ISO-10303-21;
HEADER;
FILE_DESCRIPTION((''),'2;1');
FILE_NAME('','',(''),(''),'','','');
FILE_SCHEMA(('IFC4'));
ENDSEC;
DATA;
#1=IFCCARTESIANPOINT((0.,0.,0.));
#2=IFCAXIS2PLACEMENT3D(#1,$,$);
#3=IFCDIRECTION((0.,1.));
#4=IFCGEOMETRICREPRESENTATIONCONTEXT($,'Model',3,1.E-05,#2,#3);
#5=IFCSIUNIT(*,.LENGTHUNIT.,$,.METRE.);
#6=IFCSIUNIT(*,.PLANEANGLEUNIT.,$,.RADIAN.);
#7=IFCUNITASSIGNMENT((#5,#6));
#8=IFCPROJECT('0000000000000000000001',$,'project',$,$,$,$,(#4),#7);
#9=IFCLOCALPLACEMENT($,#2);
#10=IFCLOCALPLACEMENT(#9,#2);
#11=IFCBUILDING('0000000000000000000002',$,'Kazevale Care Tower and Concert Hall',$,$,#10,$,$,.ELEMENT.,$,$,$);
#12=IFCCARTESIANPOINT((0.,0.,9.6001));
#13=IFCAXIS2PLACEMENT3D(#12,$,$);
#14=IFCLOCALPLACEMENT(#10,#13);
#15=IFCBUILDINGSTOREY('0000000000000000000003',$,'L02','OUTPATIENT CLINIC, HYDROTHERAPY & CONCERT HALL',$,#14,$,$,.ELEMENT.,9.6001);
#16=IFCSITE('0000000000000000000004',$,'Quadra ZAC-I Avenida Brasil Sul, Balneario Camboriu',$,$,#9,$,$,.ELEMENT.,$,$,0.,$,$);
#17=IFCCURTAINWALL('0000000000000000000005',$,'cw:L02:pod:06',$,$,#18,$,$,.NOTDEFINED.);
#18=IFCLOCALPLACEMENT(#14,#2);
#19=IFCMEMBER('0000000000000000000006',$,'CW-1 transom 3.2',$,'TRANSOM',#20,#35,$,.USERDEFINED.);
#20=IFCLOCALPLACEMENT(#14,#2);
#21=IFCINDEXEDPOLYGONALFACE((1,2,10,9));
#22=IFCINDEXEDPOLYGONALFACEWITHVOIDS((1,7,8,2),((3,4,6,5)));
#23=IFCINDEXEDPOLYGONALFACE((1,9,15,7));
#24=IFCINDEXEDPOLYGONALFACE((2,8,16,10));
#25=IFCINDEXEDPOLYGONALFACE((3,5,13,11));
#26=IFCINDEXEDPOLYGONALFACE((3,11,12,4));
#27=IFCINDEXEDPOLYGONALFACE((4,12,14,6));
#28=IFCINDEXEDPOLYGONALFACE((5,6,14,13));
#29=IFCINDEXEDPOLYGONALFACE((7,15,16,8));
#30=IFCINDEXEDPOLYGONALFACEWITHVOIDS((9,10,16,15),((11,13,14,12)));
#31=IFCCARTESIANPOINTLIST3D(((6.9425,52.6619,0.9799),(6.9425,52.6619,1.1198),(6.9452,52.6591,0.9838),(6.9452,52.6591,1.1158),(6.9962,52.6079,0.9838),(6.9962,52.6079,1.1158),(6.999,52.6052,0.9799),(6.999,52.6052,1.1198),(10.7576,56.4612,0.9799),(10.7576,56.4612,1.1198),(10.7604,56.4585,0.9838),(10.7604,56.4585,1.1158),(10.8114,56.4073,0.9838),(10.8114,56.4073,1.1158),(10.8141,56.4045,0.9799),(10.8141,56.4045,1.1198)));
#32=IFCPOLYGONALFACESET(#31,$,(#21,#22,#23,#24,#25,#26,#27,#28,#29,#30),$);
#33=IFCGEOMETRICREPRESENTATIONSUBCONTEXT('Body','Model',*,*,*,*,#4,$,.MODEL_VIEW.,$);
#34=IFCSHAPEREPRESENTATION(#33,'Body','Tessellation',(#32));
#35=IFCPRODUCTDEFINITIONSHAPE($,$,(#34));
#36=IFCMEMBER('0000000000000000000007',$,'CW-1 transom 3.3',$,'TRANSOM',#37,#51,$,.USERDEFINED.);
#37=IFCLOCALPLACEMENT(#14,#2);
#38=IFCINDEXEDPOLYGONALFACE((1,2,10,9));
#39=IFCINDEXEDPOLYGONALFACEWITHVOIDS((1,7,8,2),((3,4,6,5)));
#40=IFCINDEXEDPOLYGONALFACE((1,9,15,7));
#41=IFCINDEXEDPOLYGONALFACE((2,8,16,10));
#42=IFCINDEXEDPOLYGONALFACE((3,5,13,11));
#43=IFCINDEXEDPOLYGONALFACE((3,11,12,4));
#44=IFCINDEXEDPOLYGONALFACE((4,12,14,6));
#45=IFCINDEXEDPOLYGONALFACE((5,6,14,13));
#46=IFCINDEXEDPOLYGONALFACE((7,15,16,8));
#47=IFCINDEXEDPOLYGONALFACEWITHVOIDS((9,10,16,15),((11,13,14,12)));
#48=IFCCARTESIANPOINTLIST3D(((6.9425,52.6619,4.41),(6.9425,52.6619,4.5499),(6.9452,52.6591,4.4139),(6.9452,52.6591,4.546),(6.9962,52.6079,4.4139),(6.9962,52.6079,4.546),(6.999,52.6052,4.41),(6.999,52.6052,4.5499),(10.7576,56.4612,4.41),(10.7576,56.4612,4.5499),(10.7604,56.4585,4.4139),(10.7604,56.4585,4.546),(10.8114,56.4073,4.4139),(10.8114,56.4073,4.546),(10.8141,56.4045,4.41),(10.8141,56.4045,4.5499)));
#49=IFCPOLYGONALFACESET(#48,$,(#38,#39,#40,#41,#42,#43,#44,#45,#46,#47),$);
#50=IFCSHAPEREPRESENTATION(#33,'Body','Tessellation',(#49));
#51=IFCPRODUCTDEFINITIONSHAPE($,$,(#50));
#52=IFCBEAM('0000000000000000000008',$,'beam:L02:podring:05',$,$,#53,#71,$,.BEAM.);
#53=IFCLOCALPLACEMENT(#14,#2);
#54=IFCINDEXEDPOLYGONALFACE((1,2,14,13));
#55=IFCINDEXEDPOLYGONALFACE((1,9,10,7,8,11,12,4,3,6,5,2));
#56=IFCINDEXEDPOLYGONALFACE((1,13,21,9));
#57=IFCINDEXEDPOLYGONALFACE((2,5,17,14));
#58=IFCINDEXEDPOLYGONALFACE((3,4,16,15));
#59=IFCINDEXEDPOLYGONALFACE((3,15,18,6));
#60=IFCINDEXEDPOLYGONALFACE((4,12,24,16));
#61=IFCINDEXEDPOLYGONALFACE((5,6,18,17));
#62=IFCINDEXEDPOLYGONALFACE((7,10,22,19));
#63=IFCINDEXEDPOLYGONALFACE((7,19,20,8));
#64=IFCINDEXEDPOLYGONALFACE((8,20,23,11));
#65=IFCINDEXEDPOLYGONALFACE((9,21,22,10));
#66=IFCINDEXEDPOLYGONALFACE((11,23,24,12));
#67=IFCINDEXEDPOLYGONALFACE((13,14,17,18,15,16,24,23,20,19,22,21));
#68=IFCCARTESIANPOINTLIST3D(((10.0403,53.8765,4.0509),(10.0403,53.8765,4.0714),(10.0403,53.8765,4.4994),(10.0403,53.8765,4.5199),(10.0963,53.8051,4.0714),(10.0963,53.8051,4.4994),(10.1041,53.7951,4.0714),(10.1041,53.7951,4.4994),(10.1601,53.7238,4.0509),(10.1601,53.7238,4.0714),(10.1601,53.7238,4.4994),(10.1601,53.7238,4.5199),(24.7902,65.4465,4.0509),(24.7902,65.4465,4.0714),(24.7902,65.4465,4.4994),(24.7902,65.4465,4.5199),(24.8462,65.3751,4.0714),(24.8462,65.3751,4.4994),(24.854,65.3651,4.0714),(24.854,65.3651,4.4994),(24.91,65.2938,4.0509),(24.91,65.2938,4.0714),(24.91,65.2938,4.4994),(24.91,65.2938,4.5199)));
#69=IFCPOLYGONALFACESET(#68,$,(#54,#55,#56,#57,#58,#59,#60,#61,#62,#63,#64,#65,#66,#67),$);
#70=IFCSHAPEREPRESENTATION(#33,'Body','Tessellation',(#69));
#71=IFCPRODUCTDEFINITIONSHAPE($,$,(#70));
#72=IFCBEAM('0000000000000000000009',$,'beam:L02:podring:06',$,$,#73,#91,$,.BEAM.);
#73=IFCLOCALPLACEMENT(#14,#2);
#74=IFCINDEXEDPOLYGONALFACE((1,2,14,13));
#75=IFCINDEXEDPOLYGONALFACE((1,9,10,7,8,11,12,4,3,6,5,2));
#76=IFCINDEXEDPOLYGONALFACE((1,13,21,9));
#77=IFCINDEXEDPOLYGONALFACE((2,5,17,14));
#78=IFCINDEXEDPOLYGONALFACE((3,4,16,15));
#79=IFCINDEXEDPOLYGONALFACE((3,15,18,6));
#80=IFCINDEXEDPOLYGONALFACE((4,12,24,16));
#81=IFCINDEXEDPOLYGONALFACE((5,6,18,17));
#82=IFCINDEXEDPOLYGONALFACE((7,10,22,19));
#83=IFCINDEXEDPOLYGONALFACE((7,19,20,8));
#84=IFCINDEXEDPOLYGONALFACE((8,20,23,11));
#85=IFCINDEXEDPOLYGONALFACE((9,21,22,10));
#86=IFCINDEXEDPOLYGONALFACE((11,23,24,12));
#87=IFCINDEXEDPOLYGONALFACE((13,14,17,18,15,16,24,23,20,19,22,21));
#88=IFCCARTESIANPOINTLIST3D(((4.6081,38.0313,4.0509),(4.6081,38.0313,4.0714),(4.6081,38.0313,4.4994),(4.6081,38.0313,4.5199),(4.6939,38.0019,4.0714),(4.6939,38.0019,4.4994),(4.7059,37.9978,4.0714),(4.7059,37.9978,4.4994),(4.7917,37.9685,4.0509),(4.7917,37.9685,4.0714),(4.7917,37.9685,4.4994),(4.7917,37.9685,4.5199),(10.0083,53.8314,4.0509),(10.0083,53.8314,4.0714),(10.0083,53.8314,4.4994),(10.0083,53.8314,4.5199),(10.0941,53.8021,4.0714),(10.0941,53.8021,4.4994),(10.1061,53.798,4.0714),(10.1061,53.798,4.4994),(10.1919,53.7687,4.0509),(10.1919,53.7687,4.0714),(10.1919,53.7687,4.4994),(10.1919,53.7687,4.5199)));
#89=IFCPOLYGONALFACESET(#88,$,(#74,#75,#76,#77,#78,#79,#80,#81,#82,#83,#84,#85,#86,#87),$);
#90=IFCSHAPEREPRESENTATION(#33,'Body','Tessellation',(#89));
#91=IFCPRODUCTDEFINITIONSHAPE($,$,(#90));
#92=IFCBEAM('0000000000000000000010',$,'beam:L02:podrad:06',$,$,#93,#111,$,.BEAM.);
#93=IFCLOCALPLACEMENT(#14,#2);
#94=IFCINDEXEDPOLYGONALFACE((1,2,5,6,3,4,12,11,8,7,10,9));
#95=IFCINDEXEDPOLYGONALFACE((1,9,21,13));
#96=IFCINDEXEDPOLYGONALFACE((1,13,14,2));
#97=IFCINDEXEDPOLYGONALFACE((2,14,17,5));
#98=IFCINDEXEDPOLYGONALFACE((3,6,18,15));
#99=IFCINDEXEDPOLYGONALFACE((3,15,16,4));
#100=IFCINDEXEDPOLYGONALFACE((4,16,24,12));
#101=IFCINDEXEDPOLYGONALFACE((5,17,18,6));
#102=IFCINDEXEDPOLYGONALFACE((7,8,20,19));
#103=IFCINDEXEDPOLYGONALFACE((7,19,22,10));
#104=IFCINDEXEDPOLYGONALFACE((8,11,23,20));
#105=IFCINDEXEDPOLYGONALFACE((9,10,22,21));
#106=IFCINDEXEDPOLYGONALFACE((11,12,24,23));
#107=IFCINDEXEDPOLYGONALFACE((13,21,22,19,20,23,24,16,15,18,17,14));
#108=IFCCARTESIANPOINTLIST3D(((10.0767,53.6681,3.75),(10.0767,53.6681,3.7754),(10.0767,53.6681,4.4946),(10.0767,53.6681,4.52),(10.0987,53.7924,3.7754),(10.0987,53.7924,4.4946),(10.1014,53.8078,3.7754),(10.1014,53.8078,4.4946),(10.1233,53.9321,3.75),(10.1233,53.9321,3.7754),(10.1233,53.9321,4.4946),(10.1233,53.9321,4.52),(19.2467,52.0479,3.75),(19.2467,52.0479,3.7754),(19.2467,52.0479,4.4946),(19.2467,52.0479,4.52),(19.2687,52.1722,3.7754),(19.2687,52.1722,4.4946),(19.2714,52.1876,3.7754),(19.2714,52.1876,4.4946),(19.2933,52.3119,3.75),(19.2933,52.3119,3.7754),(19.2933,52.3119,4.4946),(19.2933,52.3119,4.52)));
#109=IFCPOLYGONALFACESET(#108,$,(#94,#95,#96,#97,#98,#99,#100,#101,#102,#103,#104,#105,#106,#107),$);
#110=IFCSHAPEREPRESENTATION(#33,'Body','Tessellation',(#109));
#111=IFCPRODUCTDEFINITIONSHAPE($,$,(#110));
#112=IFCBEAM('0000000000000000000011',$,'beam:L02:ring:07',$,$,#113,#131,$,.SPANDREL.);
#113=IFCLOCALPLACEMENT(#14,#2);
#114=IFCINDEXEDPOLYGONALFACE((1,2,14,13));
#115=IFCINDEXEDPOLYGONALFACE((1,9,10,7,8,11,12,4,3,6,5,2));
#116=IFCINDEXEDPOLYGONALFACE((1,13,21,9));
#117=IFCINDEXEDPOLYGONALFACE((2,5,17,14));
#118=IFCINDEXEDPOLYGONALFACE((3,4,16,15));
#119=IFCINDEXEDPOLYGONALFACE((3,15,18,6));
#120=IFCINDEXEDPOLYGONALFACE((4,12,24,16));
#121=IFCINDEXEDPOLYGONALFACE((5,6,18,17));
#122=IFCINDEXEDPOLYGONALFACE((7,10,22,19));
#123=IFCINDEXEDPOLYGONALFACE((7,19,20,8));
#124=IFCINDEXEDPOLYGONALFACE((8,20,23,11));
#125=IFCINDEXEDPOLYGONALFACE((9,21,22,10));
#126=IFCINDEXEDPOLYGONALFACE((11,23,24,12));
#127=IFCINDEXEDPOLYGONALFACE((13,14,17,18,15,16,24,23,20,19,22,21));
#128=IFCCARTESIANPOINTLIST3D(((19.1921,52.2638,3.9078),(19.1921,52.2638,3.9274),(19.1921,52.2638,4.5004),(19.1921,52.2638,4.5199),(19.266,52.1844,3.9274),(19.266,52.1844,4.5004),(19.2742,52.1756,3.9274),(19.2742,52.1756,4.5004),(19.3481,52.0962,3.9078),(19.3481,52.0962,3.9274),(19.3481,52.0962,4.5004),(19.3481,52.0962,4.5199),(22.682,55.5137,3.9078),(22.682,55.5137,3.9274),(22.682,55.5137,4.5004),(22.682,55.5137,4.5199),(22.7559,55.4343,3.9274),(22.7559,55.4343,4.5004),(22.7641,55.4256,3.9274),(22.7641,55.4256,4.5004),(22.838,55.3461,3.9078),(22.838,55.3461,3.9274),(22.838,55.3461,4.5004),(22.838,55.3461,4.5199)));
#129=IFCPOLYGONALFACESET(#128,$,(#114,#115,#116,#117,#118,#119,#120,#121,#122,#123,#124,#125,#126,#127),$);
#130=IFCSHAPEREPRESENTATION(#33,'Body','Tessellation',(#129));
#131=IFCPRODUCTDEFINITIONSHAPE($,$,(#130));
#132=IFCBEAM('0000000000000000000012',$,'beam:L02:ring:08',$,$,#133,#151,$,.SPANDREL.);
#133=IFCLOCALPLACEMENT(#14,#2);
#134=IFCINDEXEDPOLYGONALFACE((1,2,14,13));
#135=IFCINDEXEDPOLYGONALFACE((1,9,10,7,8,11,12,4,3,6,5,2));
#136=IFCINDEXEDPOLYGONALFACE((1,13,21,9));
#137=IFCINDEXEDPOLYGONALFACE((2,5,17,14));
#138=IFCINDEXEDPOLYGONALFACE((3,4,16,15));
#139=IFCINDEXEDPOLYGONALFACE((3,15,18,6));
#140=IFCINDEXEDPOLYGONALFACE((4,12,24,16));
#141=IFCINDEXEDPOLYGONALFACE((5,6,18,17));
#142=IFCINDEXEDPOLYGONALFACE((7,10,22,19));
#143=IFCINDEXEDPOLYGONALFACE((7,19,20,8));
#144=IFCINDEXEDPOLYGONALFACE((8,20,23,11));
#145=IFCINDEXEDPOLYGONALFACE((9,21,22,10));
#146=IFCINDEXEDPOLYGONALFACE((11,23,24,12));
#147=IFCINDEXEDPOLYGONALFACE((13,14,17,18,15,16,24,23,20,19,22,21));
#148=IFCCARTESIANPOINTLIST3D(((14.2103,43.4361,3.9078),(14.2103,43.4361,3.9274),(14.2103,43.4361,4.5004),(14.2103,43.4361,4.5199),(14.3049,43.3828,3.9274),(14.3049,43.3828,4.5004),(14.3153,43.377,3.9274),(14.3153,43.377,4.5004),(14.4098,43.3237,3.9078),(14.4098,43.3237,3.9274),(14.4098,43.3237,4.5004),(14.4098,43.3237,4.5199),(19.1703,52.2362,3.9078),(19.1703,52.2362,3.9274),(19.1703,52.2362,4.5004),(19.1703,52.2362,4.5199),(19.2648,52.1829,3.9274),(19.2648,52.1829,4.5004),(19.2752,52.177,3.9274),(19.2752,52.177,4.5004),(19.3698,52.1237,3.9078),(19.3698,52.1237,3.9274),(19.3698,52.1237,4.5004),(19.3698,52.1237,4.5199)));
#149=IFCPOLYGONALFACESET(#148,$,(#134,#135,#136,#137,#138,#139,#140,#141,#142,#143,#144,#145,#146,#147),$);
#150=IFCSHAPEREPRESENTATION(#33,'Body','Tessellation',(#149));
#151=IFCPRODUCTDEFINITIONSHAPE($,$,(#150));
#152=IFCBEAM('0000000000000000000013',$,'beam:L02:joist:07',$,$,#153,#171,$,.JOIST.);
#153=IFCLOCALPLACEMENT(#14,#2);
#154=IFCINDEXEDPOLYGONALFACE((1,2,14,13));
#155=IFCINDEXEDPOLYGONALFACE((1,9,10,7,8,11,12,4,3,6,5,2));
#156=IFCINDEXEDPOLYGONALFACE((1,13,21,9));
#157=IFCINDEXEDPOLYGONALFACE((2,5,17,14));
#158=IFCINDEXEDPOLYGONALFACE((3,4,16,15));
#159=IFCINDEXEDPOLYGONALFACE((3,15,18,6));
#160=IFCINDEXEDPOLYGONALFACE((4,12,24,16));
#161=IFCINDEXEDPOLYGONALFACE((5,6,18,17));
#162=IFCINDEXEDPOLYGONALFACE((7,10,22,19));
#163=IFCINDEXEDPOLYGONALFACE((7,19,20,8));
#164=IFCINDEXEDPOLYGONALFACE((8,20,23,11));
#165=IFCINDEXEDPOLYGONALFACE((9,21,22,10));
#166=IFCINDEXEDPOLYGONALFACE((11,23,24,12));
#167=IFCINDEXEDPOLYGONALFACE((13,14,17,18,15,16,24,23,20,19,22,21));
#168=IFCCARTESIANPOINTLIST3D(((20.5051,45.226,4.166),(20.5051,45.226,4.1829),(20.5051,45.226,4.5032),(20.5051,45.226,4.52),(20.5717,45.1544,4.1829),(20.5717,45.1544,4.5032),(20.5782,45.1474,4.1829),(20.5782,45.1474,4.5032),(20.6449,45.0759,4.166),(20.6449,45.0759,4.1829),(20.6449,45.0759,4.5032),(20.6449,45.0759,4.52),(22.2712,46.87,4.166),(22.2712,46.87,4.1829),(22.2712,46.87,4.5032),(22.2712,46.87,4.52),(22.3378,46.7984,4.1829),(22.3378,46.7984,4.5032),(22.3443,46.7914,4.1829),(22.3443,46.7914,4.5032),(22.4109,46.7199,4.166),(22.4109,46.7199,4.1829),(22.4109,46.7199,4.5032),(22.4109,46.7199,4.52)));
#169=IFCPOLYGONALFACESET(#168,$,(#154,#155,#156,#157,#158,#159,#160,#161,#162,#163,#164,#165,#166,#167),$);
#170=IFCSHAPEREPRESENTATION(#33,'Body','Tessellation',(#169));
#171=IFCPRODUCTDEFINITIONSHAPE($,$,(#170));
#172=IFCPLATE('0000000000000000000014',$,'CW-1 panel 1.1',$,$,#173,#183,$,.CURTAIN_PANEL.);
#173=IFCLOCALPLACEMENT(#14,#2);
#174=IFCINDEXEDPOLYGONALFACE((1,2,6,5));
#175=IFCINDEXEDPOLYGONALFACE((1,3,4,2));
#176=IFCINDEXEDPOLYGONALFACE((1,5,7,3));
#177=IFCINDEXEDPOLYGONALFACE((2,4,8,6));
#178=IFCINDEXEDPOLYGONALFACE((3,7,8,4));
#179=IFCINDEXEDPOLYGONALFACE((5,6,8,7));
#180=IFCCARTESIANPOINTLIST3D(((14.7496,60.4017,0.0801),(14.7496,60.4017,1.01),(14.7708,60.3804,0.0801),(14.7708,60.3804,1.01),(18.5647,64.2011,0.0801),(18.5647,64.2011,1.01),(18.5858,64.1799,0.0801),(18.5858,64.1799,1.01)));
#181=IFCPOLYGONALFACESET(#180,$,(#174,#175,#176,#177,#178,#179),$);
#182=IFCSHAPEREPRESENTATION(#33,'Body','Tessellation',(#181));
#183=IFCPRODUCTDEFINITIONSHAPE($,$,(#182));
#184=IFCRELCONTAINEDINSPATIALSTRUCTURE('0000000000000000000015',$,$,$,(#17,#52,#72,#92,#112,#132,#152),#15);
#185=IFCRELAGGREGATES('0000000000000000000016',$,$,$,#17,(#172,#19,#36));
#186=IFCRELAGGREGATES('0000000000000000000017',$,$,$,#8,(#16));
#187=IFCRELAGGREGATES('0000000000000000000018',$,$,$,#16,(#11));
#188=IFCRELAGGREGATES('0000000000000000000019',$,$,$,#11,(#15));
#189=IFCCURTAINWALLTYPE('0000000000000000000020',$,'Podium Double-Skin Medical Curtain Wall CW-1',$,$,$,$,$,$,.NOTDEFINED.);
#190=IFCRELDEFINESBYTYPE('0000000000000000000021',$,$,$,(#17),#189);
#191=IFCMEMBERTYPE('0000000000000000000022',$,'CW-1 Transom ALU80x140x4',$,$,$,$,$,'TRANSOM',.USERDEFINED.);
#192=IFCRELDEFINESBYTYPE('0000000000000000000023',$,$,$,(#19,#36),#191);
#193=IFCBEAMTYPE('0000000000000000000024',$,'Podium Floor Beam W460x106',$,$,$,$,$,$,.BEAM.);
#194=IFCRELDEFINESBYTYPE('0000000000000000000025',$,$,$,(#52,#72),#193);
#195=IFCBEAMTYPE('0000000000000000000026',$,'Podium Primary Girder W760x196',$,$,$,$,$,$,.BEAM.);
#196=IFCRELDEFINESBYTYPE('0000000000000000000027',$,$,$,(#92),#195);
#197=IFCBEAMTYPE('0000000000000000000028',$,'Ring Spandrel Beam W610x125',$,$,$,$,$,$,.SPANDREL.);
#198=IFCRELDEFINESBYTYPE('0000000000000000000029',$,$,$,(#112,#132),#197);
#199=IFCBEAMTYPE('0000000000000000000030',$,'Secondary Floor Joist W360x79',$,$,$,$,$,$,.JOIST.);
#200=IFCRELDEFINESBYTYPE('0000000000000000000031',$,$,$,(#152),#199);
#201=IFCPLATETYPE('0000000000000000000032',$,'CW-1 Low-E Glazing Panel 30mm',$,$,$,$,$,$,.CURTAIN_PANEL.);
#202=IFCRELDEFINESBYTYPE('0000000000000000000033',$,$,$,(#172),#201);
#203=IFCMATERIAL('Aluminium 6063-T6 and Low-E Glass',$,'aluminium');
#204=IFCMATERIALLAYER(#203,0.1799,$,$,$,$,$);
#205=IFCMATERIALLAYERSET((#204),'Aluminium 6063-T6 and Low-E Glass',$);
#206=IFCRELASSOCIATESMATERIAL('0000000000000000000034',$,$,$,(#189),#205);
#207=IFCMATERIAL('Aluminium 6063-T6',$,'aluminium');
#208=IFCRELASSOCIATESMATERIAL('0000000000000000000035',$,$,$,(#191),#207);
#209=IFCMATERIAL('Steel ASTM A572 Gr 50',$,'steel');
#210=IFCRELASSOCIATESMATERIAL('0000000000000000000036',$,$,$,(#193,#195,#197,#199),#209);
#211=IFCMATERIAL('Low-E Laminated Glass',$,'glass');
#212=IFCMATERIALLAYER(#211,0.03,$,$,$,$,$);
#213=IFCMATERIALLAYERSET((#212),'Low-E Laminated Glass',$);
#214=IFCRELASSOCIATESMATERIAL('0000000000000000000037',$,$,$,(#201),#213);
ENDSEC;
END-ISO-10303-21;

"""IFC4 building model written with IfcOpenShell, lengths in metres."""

from ifc_helpers import new_model, si_unit, direction, frame, origin, origin_2d, place, context, subcontext, project, spatial, rectangle, hollow_rectangle, i_section, extrude, material, layer, layer_set, material_profile, profile_set, type_object, element, aggregate, save


model = new_model("IFC4")

# Units and contexts
model_context = context("Model", 3, precision=1e-05, world=origin(), true_north=direction((0.0, 1.0)))
body_context = subcontext(model_context, "Body", "Model", "MODEL_VIEW")
ifc_project = project(units=[si_unit("LENGTHUNIT", "METRE"), si_unit("PLANEANGLEUNIT", "RADIAN")], contexts=[model_context])

# Site, building, storey
site_placement = place(None, origin())
site = spatial("IfcSite", under=ifc_project, at=site_placement, Name="Quadra ZAC-I Avenida Brasil Sul, Balneario Camboriu", CompositionType="ELEMENT", RefElevation=0.0)
building_placement = place(site_placement, origin())
building = spatial("IfcBuilding", under=site, at=building_placement, Name="Kazevale Care Tower and Concert Hall", CompositionType="ELEMENT")
storey_placement = place(building_placement, frame((0.0, 0.0, 9.6001)))
storey = spatial("IfcBuildingStorey", under=building, at=storey_placement, Name="L02", Description="OUTPATIENT CLINIC, HYDROTHERAPY & CONCERT HALL", CompositionType="ELEMENT", Elevation=9.6001)

# Curtain wall, members
ifc_material_1 = material(Name="Aluminium 6063-T6 and Low-E Glass", Category="aluminium")
ifc_layer_1 = layer(ifc_material_1, 0.1799)
ifc_layer_set_1 = layer_set([ifc_layer_1], Name="Aluminium 6063-T6 and Low-E Glass")
curtain_wall_type = type_object("IfcCurtainWallType", Name="Podium Double-Skin Medical Curtain Wall CW-1", PredefinedType="NOTDEFINED", material=ifc_layer_set_1)
curtain_wall_placement = place(storey_placement, origin())
curtain_wall = element("IfcCurtainWall", 1, at=curtain_wall_placement, inside=storey, type_object=curtain_wall_type, Name="cw:L02:pod:06", PredefinedType="NOTDEFINED")
ifc_material_2 = material(Name="Aluminium 6063-T6", Category="aluminium")
ifc_material_profile_1 = material_profile(ifc_material_2, hollow_rectangle(XDim=0.0801, YDim=0.1399, WallThickness=0.0039, at=origin_2d()), Name="ALU80x140x4")
ifc_profile_set_1 = profile_set([ifc_material_profile_1], Name="Aluminium 6063-T6")
member_type_1 = type_object("IfcMemberType", Name="CW-1 Transom ALU80x140x4", ElementType="TRANSOM", PredefinedType="USERDEFINED", material=ifc_profile_set_1)
member_1_placement = place(storey_placement, frame((10.7859, 56.4329, 1.0498), z_axis=(-0.708579, -0.705632, 0.0), x_axis=(0.705632, -0.708579, 0.0)))
member_1 = element("IfcMember", 2, at=member_1_placement, type_object=member_type_1, Name="CW-1 transom 3.2", ObjectType="TRANSOM", PredefinedType="USERDEFINED", context=body_context, shape_type="SweptSolid", body=[
    extrude(hollow_rectangle(XDim=0.0801, YDim=0.1399, WallThickness=0.0039, at=origin_2d()), origin(), (0.0, 0.0, 1.0), 5.3843),
])
member_2_placement = place(storey_placement, frame((10.7859, 56.4329, 4.48), z_axis=(-0.708579, -0.705632, 0.0), x_axis=(0.705632, -0.708579, 0.0)))
member_2 = element("IfcMember", 3, at=member_2_placement, type_object=member_type_1, Name="CW-1 transom 3.3", ObjectType="TRANSOM", PredefinedType="USERDEFINED", context=body_context, shape_type="SweptSolid", body=[
    extrude(hollow_rectangle(XDim=0.0801, YDim=0.1399, WallThickness=0.0039, at=origin_2d()), origin(), (0.0, 0.0, 1.0), 5.3843),
])

# Beams
ifc_material_3 = material(Name="Steel ASTM A572 Gr 50", Category="steel")
ifc_material_profile_2 = material_profile(ifc_material_3, i_section(OverallWidth=0.1941, OverallDepth=0.469, WebThickness=0.0127, FlangeThickness=0.0205, at=origin_2d()), Name="W460x106")
ifc_profile_set_2 = profile_set([ifc_material_profile_2], Name="Steel ASTM A572 Gr 50")
beam_type_1 = type_object("IfcBeamType", Name="Podium Floor Beam W460x106", PredefinedType="BEAM", material=ifc_profile_set_2)
beam_1_placement = place(storey_placement, frame((24.8501, 65.3701, 4.2854), z_axis=(-0.786816, -0.617188, 0.0), x_axis=(0.617188, -0.786816, 0.0)))
element("IfcBeam", 4, at=beam_1_placement, inside=storey, type_object=beam_type_1, Name="beam:L02:podring:05", PredefinedType="BEAM", context=body_context, shape_type="SweptSolid", body=[
    extrude(i_section(OverallWidth=0.1941, OverallDepth=0.469, WebThickness=0.0127, FlangeThickness=0.0205, at=origin_2d()), origin(), (0.0, 0.0, 1.0), 18.7463),
])
beam_2_placement = place(storey_placement, frame((10.1001, 53.8, 4.2854), z_axis=(-0.323412, -0.946258, 0.0), x_axis=(0.946258, -0.323412, 0.0)))
element("IfcBeam", 5, at=beam_2_placement, inside=storey, type_object=beam_type_1, Name="beam:L02:podring:06", PredefinedType="BEAM", context=body_context, shape_type="SweptSolid", body=[
    extrude(i_section(OverallWidth=0.1941, OverallDepth=0.469, WebThickness=0.0127, FlangeThickness=0.0205, at=origin_2d()), origin(), (0.0, 0.0, 1.0), 16.6975),
])
ifc_material_profile_3 = material_profile(ifc_material_3, i_section(OverallWidth=0.2681, OverallDepth=0.77, WebThickness=0.0156, FlangeThickness=0.0254, at=origin_2d()), Name="W760x196")
ifc_profile_set_3 = profile_set([ifc_material_profile_3], Name="Steel ASTM A572 Gr 50")
beam_type_2 = type_object("IfcBeamType", Name="Podium Primary Girder W760x196", PredefinedType="BEAM", material=ifc_profile_set_3)
beam_3_placement = place(storey_placement, frame((19.27, 52.1799, 4.135), z_axis=(-0.984749, 0.173983, 0.0), x_axis=(-0.173983, -0.984749, 0.0)))
element("IfcBeam", 6, at=beam_3_placement, inside=storey, type_object=beam_type_2, Name="beam:L02:podrad:06", PredefinedType="BEAM", context=body_context, shape_type="SweptSolid", body=[
    extrude(i_section(OverallWidth=0.2681, OverallDepth=0.77, WebThickness=0.0156, FlangeThickness=0.0254, at=origin_2d()), origin(), (0.0, 0.0, 1.0), 9.312),
])
ifc_material_profile_4 = material_profile(ifc_material_3, i_section(OverallWidth=0.229, OverallDepth=0.6121, WebThickness=0.012, FlangeThickness=0.0195, at=origin_2d()), Name="W610x125")
ifc_profile_set_4 = profile_set([ifc_material_profile_4], Name="Steel ASTM A572 Gr 50")
beam_type_3 = type_object("IfcBeamType", Name="Ring Spandrel Beam W610x125", PredefinedType="SPANDREL", material=ifc_profile_set_4)
beam_4_placement = place(storey_placement, frame((22.76, 55.4299, 4.2139), z_axis=(-0.731821, -0.681497, 0.0), x_axis=(0.681497, -0.731821, 0.0)))
element("IfcBeam", 7, at=beam_4_placement, inside=storey, type_object=beam_type_3, Name="beam:L02:ring:07", PredefinedType="SPANDREL", context=body_context, shape_type="SweptSolid", body=[
    extrude(i_section(OverallWidth=0.229, OverallDepth=0.6121, WebThickness=0.012, FlangeThickness=0.0195, at=origin_2d()), origin(), (0.0, 0.0, 1.0), 4.7688),
])
beam_5_placement = place(storey_placement, frame((19.27, 52.1799, 4.2139), z_axis=(-0.491008, -0.871155, 0.0), x_axis=(0.871155, -0.491008, 0.0)))
element("IfcBeam", 8, at=beam_5_placement, inside=storey, type_object=beam_type_3, Name="beam:L02:ring:08", PredefinedType="SPANDREL", context=body_context, shape_type="SweptSolid", body=[
    extrude(i_section(OverallWidth=0.229, OverallDepth=0.6121, WebThickness=0.012, FlangeThickness=0.0195, at=origin_2d()), origin(), (0.0, 0.0, 1.0), 10.1016),
])
ifc_material_profile_5 = material_profile(ifc_material_3, i_section(OverallWidth=0.2051, OverallDepth=0.354, WebThickness=0.0095, FlangeThickness=0.0168, at=origin_2d()), Name="W360x79")
ifc_profile_set_5 = profile_set([ifc_material_profile_5], Name="Steel ASTM A572 Gr 50")
beam_type_4 = type_object("IfcBeamType", Name="Secondary Floor Joist W360x79", PredefinedType="JOIST", material=ifc_profile_set_5)
beam_6_placement = place(storey_placement, frame((22.3411, 46.7949, 4.343), z_axis=(-0.73195, -0.681359, 0.0), x_axis=(0.681359, -0.73195, 0.0)))
element("IfcBeam", 9, at=beam_6_placement, inside=storey, type_object=beam_type_4, Name="beam:L02:joist:07", PredefinedType="JOIST", context=body_context, shape_type="SweptSolid", body=[
    extrude(i_section(OverallWidth=0.2051, OverallDepth=0.354, WebThickness=0.0095, FlangeThickness=0.0168, at=origin_2d()), origin(), (0.0, 0.0, 1.0), 2.4128),
])

# Plate
ifc_material_4 = material(Name="Low-E Laminated Glass", Category="glass")
ifc_layer_2 = layer(ifc_material_4, 0.03)
ifc_layer_set_2 = layer_set([ifc_layer_2], Name="Low-E Laminated Glass")
plate_type = type_object("IfcPlateType", Name="CW-1 Low-E Glazing Panel 30mm", PredefinedType="CURTAIN_PANEL", material=ifc_layer_set_2)
plate_1_placement = place(storey_placement, frame((16.6677, 62.2908, 0.0801), z_axis=(0.0, 0.0, 1.0), x_axis=(-0.708555, -0.705656, 0.0)))
plate_1 = element("IfcPlate", 10, at=plate_1_placement, type_object=plate_type, Name="CW-1 panel 1.1", PredefinedType="CURTAIN_PANEL", context=body_context, shape_type="SweptSolid", body=[
    extrude(rectangle(XDim=5.3843, YDim=0.03, at=origin_2d()), origin(), (0.0, 0.0, 1.0), 0.9299),
])
aggregate(curtain_wall, [plate_1, member_1, member_2])

save(model, "model.ifc")
